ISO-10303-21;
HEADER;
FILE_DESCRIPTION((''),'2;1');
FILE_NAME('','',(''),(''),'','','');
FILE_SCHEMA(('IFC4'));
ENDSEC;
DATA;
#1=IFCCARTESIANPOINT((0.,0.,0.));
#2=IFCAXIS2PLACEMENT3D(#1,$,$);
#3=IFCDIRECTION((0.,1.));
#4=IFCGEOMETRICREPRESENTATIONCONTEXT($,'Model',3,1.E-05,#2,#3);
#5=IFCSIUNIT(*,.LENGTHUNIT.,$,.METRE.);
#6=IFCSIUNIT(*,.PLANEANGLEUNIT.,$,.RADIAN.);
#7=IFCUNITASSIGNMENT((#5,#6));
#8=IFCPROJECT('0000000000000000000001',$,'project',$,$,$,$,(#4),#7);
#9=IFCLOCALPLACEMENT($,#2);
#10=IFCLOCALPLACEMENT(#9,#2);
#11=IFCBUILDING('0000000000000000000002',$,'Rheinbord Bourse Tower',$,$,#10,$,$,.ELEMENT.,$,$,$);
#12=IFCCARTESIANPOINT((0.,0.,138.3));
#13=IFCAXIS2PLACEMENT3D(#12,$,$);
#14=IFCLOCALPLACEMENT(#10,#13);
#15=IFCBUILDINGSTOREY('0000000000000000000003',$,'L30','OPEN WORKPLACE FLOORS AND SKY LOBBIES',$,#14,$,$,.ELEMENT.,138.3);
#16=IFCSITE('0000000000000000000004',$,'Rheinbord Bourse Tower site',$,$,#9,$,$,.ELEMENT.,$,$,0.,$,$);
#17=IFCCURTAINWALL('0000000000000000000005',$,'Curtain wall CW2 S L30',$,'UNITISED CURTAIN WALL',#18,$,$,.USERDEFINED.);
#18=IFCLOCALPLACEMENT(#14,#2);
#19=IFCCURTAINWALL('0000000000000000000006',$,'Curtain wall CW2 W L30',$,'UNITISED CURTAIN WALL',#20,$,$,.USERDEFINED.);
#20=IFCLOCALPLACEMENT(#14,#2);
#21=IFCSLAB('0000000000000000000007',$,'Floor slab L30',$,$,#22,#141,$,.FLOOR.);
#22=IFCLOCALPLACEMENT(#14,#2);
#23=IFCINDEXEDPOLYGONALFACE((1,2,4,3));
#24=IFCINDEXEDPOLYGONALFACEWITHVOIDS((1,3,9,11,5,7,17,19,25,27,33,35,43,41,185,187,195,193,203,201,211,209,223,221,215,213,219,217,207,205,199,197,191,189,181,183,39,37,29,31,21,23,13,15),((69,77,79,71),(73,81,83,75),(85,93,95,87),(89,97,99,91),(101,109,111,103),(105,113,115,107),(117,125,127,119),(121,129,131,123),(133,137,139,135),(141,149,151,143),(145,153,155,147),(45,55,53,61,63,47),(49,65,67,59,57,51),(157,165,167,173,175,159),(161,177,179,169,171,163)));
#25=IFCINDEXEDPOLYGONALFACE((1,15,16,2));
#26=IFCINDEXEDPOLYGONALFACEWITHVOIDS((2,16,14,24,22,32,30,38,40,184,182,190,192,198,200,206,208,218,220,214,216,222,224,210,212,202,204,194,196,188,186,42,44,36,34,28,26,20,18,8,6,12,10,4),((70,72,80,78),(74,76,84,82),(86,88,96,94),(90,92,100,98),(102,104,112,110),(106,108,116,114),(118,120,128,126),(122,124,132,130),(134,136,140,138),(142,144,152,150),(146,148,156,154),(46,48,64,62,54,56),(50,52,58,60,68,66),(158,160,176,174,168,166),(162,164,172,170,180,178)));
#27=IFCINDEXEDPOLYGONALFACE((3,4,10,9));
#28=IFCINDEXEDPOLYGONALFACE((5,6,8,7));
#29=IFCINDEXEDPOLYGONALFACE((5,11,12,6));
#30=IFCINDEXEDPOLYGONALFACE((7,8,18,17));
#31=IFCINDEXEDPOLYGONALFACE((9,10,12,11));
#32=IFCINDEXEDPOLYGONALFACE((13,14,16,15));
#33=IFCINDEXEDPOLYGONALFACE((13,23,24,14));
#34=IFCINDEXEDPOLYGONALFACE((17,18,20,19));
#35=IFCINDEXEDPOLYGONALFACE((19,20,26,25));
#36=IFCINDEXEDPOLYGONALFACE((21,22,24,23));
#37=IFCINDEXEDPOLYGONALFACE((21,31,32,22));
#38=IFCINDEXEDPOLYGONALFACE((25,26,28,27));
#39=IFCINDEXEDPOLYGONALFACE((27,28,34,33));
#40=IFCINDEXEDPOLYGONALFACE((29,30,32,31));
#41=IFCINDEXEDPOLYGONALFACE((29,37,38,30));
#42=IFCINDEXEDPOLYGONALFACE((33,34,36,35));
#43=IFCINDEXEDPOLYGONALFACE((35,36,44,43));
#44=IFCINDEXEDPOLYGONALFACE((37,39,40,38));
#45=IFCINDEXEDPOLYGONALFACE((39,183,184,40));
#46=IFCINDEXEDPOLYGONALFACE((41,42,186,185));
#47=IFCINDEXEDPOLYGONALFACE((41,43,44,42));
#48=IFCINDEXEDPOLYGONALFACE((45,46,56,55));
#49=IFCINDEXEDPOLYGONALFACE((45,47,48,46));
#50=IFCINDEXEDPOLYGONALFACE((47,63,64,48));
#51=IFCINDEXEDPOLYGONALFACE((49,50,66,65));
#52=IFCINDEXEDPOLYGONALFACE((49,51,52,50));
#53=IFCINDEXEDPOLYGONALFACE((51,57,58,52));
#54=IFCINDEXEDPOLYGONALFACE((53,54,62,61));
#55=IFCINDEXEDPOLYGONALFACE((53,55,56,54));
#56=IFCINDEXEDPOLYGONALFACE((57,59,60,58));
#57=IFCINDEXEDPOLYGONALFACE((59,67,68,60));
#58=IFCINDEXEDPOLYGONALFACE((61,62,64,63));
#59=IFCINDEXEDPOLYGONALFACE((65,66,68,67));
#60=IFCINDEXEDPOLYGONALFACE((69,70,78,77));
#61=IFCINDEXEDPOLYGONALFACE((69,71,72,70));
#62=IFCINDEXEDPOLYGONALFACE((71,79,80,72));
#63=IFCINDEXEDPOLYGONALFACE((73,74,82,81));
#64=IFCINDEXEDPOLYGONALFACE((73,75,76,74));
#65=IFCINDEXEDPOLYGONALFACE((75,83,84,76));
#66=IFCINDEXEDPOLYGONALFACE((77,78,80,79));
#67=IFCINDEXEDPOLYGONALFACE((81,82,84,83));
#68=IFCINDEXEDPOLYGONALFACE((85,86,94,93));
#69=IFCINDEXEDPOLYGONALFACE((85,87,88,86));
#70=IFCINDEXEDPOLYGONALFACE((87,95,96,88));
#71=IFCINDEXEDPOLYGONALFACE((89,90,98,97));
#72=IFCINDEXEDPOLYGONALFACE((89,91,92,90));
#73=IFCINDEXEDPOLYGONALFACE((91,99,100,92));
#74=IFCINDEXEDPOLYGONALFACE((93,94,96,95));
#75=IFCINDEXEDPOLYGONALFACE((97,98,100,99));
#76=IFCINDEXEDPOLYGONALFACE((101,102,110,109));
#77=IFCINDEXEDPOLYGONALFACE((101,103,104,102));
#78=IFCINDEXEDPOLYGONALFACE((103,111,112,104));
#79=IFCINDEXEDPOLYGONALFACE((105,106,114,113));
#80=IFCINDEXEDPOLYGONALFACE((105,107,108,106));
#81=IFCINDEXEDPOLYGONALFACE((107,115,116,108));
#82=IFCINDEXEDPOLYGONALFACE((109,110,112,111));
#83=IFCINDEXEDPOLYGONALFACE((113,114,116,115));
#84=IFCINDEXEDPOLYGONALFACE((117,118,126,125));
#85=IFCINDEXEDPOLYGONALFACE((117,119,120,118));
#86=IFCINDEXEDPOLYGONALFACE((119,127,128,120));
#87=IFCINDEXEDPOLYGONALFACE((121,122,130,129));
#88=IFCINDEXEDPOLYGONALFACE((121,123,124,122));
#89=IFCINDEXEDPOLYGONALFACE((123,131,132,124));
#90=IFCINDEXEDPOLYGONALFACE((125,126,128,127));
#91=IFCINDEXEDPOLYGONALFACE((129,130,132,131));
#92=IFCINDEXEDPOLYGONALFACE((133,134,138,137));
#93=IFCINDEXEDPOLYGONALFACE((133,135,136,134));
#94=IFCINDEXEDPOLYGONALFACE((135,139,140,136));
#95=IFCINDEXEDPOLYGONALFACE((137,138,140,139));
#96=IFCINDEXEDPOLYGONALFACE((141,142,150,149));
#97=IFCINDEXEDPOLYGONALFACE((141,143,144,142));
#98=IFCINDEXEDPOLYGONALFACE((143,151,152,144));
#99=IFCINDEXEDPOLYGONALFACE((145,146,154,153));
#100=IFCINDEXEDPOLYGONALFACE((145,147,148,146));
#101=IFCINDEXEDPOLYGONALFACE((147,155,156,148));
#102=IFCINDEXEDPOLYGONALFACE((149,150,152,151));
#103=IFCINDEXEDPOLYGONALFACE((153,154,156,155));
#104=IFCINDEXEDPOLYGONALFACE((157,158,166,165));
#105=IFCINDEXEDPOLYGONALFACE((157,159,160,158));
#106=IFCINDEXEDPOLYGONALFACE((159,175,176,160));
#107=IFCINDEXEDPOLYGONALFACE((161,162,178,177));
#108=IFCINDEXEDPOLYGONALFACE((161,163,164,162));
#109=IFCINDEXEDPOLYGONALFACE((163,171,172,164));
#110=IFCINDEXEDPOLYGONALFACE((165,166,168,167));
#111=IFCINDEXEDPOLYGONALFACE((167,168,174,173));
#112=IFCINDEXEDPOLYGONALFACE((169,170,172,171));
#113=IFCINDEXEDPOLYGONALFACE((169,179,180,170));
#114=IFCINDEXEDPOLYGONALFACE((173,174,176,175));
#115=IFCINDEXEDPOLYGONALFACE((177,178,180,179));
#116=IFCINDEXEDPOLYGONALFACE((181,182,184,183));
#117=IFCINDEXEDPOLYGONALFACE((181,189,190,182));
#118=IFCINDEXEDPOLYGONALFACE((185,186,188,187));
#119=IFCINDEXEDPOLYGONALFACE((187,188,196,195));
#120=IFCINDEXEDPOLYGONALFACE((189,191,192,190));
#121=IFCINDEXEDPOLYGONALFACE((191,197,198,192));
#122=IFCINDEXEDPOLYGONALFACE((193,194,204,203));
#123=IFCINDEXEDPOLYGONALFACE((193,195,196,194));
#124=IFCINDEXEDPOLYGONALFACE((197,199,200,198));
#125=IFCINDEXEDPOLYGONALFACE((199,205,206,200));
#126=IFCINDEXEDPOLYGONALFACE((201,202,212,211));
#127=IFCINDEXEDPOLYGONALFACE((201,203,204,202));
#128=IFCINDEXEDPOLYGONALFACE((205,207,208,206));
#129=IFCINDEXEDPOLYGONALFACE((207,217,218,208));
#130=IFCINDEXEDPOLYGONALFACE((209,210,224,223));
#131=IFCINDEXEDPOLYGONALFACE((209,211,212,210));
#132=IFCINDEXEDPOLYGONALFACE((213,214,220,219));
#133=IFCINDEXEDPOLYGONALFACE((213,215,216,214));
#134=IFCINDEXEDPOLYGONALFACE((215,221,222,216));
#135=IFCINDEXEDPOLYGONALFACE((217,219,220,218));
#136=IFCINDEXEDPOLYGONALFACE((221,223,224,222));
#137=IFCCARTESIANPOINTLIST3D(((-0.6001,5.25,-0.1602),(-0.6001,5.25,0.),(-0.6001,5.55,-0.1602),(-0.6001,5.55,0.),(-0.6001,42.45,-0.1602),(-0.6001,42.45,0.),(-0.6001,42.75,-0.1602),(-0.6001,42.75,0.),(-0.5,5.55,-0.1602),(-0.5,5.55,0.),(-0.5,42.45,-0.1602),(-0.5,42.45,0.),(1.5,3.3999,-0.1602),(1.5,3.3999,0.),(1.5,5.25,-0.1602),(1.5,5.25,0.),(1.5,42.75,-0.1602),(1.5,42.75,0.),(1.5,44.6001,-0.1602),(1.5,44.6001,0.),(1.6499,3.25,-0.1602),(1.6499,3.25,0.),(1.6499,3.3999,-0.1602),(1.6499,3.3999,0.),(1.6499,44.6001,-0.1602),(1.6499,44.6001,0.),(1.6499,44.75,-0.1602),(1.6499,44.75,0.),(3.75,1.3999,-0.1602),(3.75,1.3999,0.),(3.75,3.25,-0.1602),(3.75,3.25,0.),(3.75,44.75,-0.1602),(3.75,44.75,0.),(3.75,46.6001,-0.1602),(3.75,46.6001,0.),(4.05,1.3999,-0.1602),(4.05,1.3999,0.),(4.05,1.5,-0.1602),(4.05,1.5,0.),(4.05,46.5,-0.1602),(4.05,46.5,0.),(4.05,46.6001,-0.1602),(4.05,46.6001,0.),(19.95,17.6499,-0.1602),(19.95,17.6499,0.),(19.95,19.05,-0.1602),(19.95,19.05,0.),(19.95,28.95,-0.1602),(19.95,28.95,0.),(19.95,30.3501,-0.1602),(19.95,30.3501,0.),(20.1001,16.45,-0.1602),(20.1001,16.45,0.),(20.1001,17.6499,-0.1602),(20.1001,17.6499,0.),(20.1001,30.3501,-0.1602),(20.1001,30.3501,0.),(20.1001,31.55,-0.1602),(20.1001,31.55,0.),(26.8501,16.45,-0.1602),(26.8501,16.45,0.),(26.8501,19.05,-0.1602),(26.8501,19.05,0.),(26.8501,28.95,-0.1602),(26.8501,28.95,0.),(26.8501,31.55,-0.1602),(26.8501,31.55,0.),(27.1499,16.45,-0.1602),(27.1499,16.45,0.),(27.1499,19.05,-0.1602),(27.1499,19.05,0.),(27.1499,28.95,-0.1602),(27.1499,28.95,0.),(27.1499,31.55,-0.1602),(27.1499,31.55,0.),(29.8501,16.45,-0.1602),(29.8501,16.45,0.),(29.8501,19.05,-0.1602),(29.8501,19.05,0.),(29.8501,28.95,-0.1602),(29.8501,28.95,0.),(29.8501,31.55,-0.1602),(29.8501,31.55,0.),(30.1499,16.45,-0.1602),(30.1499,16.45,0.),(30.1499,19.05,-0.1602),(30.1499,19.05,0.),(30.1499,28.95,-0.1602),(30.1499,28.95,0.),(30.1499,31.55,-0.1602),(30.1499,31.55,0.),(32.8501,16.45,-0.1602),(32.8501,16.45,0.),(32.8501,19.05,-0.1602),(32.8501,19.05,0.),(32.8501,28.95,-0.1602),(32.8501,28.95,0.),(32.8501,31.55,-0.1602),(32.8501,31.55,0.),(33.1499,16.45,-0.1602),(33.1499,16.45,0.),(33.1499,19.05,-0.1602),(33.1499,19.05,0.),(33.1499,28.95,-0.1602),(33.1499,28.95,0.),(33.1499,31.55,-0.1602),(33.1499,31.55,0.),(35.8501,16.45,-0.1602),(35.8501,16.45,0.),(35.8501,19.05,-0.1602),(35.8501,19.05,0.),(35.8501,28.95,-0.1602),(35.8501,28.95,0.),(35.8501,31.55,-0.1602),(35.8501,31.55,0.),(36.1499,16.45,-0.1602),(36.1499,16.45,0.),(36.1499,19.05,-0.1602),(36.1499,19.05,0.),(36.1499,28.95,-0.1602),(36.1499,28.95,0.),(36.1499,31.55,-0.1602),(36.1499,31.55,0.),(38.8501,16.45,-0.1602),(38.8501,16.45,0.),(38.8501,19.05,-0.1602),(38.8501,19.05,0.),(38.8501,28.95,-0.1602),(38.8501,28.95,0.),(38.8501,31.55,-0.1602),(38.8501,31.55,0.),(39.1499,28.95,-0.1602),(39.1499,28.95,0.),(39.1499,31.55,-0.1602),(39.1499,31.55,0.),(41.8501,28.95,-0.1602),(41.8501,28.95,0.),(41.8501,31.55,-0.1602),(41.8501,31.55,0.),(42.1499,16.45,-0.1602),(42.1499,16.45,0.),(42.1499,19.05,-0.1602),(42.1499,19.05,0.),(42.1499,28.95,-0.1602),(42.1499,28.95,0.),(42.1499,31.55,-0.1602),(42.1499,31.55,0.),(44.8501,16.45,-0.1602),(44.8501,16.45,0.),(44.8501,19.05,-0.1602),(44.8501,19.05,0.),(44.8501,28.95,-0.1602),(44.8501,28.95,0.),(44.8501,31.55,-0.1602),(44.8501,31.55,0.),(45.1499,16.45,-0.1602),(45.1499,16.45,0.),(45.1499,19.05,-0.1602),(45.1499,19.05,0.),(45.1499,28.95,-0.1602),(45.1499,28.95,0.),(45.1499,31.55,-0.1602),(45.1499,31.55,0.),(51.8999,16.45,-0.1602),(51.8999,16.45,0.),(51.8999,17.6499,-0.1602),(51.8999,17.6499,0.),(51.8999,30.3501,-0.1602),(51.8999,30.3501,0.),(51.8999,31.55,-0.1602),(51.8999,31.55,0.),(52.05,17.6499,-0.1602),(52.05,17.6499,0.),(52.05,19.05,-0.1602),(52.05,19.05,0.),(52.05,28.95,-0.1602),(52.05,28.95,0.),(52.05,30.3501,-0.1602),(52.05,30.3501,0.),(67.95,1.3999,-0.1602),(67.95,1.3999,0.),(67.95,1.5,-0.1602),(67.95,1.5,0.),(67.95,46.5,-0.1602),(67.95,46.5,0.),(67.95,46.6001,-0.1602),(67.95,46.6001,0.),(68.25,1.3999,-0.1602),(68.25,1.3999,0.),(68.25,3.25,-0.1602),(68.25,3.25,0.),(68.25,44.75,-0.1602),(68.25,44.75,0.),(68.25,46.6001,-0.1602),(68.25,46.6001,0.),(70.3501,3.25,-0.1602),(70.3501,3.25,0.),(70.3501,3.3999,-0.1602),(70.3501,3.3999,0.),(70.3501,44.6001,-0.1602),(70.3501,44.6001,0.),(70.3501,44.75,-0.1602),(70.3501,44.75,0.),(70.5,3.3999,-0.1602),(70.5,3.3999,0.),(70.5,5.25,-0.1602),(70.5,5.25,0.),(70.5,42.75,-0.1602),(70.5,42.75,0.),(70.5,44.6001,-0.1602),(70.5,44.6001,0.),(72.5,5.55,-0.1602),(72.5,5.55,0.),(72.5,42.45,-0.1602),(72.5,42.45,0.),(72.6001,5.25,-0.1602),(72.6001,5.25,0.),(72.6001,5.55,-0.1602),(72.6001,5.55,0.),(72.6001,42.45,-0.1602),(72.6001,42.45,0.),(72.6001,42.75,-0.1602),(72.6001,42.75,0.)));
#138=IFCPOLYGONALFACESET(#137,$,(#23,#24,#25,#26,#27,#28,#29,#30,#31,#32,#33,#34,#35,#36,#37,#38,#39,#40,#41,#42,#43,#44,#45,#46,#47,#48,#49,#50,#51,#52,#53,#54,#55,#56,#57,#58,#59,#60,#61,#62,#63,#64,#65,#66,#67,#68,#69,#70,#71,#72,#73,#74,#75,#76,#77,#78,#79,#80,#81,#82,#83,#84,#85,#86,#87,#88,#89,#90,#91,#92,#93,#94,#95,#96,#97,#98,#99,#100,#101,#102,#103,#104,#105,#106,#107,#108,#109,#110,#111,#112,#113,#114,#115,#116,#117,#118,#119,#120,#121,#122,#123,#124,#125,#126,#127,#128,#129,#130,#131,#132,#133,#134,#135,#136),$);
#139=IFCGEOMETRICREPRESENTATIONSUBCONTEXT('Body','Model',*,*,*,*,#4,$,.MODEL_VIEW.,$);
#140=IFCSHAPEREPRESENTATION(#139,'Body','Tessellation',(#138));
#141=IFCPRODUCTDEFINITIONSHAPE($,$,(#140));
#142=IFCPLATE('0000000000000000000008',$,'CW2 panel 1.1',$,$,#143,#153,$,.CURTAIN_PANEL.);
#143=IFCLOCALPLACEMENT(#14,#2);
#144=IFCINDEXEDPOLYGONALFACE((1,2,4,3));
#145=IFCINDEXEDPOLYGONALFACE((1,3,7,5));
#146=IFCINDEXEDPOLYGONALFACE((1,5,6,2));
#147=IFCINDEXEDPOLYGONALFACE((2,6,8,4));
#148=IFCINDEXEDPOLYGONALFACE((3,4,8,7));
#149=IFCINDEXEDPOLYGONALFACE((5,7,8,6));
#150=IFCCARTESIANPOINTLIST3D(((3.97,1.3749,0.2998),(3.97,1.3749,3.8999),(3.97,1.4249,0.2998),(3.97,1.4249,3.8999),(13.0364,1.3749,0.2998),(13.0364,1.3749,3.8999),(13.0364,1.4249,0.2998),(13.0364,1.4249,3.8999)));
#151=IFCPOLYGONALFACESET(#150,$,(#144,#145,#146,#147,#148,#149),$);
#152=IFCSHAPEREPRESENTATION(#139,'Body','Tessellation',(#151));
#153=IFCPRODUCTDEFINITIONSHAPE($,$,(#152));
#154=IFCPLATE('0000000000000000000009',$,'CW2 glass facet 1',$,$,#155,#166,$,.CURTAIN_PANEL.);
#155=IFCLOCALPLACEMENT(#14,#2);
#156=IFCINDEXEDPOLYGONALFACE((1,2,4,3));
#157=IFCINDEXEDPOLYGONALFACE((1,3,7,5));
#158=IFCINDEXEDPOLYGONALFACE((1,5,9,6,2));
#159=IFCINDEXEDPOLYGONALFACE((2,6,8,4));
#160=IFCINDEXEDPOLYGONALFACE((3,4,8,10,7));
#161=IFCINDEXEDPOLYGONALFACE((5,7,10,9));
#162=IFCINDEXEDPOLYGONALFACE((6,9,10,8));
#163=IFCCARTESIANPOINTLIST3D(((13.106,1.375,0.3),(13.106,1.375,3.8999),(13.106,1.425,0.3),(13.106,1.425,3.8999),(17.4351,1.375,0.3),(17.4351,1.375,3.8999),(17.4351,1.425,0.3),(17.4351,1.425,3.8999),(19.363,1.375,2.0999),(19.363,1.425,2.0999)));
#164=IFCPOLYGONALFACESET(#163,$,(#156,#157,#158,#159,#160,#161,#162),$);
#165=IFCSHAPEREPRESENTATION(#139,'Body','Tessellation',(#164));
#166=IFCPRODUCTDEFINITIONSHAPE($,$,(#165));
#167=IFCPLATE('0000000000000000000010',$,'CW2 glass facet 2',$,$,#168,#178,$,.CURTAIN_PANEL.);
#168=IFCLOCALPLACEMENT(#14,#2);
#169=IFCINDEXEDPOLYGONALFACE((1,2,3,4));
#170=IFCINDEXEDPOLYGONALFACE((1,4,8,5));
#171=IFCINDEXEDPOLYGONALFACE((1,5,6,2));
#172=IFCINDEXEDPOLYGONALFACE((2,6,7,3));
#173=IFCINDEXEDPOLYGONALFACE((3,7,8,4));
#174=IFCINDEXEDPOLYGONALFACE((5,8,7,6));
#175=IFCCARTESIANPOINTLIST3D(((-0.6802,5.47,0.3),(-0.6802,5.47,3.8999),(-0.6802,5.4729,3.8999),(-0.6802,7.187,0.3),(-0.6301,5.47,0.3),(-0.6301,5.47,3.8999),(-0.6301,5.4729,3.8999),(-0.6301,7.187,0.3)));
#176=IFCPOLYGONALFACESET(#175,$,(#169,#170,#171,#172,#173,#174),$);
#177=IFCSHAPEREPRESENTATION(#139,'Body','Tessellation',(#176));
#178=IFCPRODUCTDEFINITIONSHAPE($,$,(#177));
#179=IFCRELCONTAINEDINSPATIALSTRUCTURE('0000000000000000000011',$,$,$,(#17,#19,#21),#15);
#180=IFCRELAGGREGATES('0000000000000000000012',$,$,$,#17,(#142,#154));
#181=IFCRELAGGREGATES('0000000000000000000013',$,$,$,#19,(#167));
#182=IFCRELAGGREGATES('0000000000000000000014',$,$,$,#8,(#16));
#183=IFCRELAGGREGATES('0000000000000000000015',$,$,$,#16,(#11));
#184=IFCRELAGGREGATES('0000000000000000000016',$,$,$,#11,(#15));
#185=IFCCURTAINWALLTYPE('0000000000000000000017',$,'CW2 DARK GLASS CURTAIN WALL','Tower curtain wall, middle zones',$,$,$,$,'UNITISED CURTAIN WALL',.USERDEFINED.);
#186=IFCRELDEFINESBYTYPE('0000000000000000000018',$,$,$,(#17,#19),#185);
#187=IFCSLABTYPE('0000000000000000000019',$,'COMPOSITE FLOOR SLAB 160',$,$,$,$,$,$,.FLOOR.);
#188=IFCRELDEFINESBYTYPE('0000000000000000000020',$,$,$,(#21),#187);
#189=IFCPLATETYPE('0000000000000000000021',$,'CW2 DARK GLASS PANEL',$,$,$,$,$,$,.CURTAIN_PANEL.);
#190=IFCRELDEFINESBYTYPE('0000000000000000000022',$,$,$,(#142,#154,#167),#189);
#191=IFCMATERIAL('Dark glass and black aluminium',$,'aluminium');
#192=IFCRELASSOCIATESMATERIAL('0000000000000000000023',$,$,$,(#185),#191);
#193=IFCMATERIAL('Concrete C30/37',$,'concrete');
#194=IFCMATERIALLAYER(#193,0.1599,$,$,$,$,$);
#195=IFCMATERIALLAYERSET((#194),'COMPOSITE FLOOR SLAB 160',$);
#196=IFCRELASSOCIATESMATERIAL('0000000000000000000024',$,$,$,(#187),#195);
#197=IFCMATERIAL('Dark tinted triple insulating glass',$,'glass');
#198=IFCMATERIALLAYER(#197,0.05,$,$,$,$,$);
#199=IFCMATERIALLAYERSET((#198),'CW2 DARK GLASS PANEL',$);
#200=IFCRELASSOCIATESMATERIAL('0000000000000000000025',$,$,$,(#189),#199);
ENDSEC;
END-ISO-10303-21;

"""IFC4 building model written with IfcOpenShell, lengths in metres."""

from ifc_helpers import new_model, si_unit, direction, frame, origin, origin_2d, place, context, subcontext, project, spatial, polyline, rectangle, outline, extrude, material, layer, layer_set, type_object, element, aggregate, save


model = new_model("IFC4")

# Units and contexts
model_context = context("Model", 3, precision=1e-05, world=origin(), true_north=direction((0.0, 1.0)))
body_context = subcontext(model_context, "Body", "Model", "MODEL_VIEW")
ifc_project = project(units=[si_unit("LENGTHUNIT", "METRE"), si_unit("PLANEANGLEUNIT", "RADIAN")], contexts=[model_context])

# Site, building, storey
site_placement = place(None, origin())
site = spatial("IfcSite", under=ifc_project, at=site_placement, Name="Rheinbord Bourse Tower site", CompositionType="ELEMENT", RefElevation=0.0)
building_placement = place(site_placement, origin())
building = spatial("IfcBuilding", under=site, at=building_placement, Name="Rheinbord Bourse Tower", CompositionType="ELEMENT")
storey_placement = place(building_placement, frame((0.0, 0.0, 138.3)))
storey = spatial("IfcBuildingStorey", under=building, at=storey_placement, Name="L30", Description="OPEN WORKPLACE FLOORS AND SKY LOBBIES", CompositionType="ELEMENT", Elevation=138.3)

# Curtain wall
ifc_material_1 = material(Name="Dark glass and black aluminium", Category="aluminium")
curtain_wall_type = type_object("IfcCurtainWallType", Name="CW2 DARK GLASS CURTAIN WALL", Description="Tower curtain wall, middle zones", ElementType="UNITISED CURTAIN WALL", PredefinedType="USERDEFINED", material=ifc_material_1)
curtain_wall_1_placement = place(storey_placement, origin())
curtain_wall_1 = element("IfcCurtainWall", 1, at=curtain_wall_1_placement, inside=storey, type_object=curtain_wall_type, Name="Curtain wall CW2 S L30", ObjectType="UNITISED CURTAIN WALL", PredefinedType="USERDEFINED")

# Curtain wall
curtain_wall_2_placement = place(storey_placement, origin())
curtain_wall_2 = element("IfcCurtainWall", 2, at=curtain_wall_2_placement, inside=storey, type_object=curtain_wall_type, Name="Curtain wall CW2 W L30", ObjectType="UNITISED CURTAIN WALL", PredefinedType="USERDEFINED")

# Slab
ifc_material_2 = material(Name="Concrete C30/37", Category="concrete")
ifc_layer_1 = layer(ifc_material_2, 0.1599)
ifc_layer_set_1 = layer_set([ifc_layer_1], Name="COMPOSITE FLOOR SLAB 160")
slab_type_1 = type_object("IfcSlabType", Name="COMPOSITE FLOOR SLAB 160", PredefinedType="FLOOR", material=ifc_layer_set_1)
slab_1_placement = place(storey_placement, frame((0.0, 0.0, -0.1602)))
element("IfcSlab", 3, at=slab_1_placement, inside=storey, type_object=slab_type_1, Name="Floor slab L30", PredefinedType="FLOOR", context=body_context, shape_type="SweptSolid", body=[
    extrude(outline(polyline([(1.6499, 3.3999), (1.5, 3.3999), (1.5, 5.25), (-0.6001, 5.25), (-0.6001, 5.55), (-0.5, 5.55), (-0.5, 42.45), (-0.6001, 42.45), (-0.6001, 42.75), (1.5, 42.75), (1.5, 44.6001), (1.6499, 44.6001), (1.6499, 44.75), (3.75, 44.75), (3.75, 46.6001), (4.05, 46.6001), (4.05, 46.5), (67.95, 46.5), (67.95, 46.6001), (68.25, 46.6001), (68.25, 44.75), (70.3501, 44.75), (70.3501, 44.6001), (70.5, 44.6001), (70.5, 42.75), (72.6001, 42.75), (72.6001, 42.45), (72.5, 42.45), (72.5, 5.55), (72.6001, 5.55), (72.6001, 5.25), (70.5, 5.25), (70.5, 3.3999), (70.3501, 3.3999), (70.3501, 3.25), (68.25, 3.25), (68.25, 1.3999), (67.95, 1.3999), (67.95, 1.5), (4.05, 1.5), (4.05, 1.3999), (3.75, 1.3999), (3.75, 3.25), (1.6499, 3.25), (1.6499, 3.3999)]), holes=[polyline([(19.95, 19.05), (26.8501, 19.05), (26.8501, 16.45), (20.1001, 16.45), (20.1001, 17.6499), (19.95, 17.6499), (19.95, 19.05)]), polyline([(26.8501, 31.55), (26.8501, 28.95), (19.95, 28.95), (19.95, 30.3501), (20.1001, 30.3501), (20.1001, 31.55), (26.8501, 31.55)]), polyline([(45.1499, 16.45), (45.1499, 19.05), (52.05, 19.05), (52.05, 17.6499), (51.8999, 17.6499), (51.8999, 16.45), (45.1499, 16.45)]), polyline([(52.05, 28.95), (45.1499, 28.95), (45.1499, 31.55), (51.8999, 31.55), (51.8999, 30.3501), (52.05, 30.3501), (52.05, 28.95)]), polyline([(27.1499, 16.45), (27.1499, 19.05), (29.8501, 19.05), (29.8501, 16.45), (27.1499, 16.45)]), polyline([(27.1499, 28.95), (27.1499, 31.55), (29.8501, 31.55), (29.8501, 28.95), (27.1499, 28.95)]), polyline([(30.1499, 16.45), (30.1499, 19.05), (32.8501, 19.05), (32.8501, 16.45), (30.1499, 16.45)]), polyline([(30.1499, 28.95), (30.1499, 31.55), (32.8501, 31.55), (32.8501, 28.95), (30.1499, 28.95)]), polyline([(33.1499, 16.45), (33.1499, 19.05), (35.8501, 19.05), (35.8501, 16.45), (33.1499, 16.45)]), polyline([(33.1499, 28.95), (33.1499, 31.55), (35.8501, 31.55), (35.8501, 28.95), (33.1499, 28.95)]), polyline([(36.1499, 16.45), (36.1499, 19.05), (38.8501, 19.05), (38.8501, 16.45), (36.1499, 16.45)]), polyline([(36.1499, 28.95), (36.1499, 31.55), (38.8501, 31.55), (38.8501, 28.95), (36.1499, 28.95)]), polyline([(39.1499, 28.95), (39.1499, 31.55), (41.8501, 31.55), (41.8501, 28.95), (39.1499, 28.95)]), polyline([(42.1499, 16.45), (42.1499, 19.05), (44.8501, 19.05), (44.8501, 16.45), (42.1499, 16.45)]), polyline([(42.1499, 28.95), (42.1499, 31.55), (44.8501, 31.55), (44.8501, 28.95), (42.1499, 28.95)])]), origin(), (0.0, 0.0, 1.0), 0.1602),
])

# Plates
ifc_material_3 = material(Name="Dark tinted triple insulating glass", Category="glass")
ifc_layer_2 = layer(ifc_material_3, 0.05)
ifc_layer_set_2 = layer_set([ifc_layer_2], Name="CW2 DARK GLASS PANEL")
plate_type = type_object("IfcPlateType", Name="CW2 DARK GLASS PANEL", PredefinedType="CURTAIN_PANEL", material=ifc_layer_set_2)
plate_1_placement = place(storey_placement, frame((8.5032, 1.3999, 0.2998), z_axis=(0.0, 0.0, 1.0), x_axis=(1.0, 0.0, 0.0)))
plate_1 = element("IfcPlate", 4, at=plate_1_placement, type_object=plate_type, Name="CW2 panel 1.1", PredefinedType="CURTAIN_PANEL", context=body_context, shape_type="SweptSolid", body=[
    extrude(rectangle(XDim=9.0664, YDim=0.05, at=origin_2d()), origin(), (0.0, 0.0, 1.0), 3.6001),
])
plate_2_placement = place(storey_placement, frame((13.106, 1.375, 0.3), z_axis=(0.0, 1.0, 0.0), x_axis=(0.0, 0.0, 1.0)))
plate_2 = element("IfcPlate", 5, at=plate_2_placement, type_object=plate_type, Name="CW2 glass facet 1", PredefinedType="CURTAIN_PANEL", context=body_context, shape_type="SweptSolid", body=[
    extrude(outline(polyline([(0.0, 0.0), (3.5999, 0.0), (3.5999, 4.3291), (1.7998, 6.2571), (0.0, 4.3291), (0.0, 0.0)])), origin(), (0.0, 0.0, 1.0), 0.05),
])
aggregate(curtain_wall_1, [plate_1, plate_2])
plate_3_placement = place(storey_placement, frame((-0.6802, 5.47, 3.8999), z_axis=(1.0, 0.0, 0.0), x_axis=(0.0, 0.0, -1.0)))
plate_3 = element("IfcPlate", 6, at=plate_3_placement, type_object=plate_type, Name="CW2 glass facet 2", PredefinedType="CURTAIN_PANEL", context=body_context, shape_type="SweptSolid", body=[
    extrude(outline(polyline([(0.0, 0.0), (3.5999, 0.0), (3.5999, 1.717), (0.0, 0.0029), (0.0, 0.0)])), origin(), (0.0, 0.0, 1.0), 0.05),
])
aggregate(curtain_wall_2, [plate_3])

save(model, "model.ifc")
